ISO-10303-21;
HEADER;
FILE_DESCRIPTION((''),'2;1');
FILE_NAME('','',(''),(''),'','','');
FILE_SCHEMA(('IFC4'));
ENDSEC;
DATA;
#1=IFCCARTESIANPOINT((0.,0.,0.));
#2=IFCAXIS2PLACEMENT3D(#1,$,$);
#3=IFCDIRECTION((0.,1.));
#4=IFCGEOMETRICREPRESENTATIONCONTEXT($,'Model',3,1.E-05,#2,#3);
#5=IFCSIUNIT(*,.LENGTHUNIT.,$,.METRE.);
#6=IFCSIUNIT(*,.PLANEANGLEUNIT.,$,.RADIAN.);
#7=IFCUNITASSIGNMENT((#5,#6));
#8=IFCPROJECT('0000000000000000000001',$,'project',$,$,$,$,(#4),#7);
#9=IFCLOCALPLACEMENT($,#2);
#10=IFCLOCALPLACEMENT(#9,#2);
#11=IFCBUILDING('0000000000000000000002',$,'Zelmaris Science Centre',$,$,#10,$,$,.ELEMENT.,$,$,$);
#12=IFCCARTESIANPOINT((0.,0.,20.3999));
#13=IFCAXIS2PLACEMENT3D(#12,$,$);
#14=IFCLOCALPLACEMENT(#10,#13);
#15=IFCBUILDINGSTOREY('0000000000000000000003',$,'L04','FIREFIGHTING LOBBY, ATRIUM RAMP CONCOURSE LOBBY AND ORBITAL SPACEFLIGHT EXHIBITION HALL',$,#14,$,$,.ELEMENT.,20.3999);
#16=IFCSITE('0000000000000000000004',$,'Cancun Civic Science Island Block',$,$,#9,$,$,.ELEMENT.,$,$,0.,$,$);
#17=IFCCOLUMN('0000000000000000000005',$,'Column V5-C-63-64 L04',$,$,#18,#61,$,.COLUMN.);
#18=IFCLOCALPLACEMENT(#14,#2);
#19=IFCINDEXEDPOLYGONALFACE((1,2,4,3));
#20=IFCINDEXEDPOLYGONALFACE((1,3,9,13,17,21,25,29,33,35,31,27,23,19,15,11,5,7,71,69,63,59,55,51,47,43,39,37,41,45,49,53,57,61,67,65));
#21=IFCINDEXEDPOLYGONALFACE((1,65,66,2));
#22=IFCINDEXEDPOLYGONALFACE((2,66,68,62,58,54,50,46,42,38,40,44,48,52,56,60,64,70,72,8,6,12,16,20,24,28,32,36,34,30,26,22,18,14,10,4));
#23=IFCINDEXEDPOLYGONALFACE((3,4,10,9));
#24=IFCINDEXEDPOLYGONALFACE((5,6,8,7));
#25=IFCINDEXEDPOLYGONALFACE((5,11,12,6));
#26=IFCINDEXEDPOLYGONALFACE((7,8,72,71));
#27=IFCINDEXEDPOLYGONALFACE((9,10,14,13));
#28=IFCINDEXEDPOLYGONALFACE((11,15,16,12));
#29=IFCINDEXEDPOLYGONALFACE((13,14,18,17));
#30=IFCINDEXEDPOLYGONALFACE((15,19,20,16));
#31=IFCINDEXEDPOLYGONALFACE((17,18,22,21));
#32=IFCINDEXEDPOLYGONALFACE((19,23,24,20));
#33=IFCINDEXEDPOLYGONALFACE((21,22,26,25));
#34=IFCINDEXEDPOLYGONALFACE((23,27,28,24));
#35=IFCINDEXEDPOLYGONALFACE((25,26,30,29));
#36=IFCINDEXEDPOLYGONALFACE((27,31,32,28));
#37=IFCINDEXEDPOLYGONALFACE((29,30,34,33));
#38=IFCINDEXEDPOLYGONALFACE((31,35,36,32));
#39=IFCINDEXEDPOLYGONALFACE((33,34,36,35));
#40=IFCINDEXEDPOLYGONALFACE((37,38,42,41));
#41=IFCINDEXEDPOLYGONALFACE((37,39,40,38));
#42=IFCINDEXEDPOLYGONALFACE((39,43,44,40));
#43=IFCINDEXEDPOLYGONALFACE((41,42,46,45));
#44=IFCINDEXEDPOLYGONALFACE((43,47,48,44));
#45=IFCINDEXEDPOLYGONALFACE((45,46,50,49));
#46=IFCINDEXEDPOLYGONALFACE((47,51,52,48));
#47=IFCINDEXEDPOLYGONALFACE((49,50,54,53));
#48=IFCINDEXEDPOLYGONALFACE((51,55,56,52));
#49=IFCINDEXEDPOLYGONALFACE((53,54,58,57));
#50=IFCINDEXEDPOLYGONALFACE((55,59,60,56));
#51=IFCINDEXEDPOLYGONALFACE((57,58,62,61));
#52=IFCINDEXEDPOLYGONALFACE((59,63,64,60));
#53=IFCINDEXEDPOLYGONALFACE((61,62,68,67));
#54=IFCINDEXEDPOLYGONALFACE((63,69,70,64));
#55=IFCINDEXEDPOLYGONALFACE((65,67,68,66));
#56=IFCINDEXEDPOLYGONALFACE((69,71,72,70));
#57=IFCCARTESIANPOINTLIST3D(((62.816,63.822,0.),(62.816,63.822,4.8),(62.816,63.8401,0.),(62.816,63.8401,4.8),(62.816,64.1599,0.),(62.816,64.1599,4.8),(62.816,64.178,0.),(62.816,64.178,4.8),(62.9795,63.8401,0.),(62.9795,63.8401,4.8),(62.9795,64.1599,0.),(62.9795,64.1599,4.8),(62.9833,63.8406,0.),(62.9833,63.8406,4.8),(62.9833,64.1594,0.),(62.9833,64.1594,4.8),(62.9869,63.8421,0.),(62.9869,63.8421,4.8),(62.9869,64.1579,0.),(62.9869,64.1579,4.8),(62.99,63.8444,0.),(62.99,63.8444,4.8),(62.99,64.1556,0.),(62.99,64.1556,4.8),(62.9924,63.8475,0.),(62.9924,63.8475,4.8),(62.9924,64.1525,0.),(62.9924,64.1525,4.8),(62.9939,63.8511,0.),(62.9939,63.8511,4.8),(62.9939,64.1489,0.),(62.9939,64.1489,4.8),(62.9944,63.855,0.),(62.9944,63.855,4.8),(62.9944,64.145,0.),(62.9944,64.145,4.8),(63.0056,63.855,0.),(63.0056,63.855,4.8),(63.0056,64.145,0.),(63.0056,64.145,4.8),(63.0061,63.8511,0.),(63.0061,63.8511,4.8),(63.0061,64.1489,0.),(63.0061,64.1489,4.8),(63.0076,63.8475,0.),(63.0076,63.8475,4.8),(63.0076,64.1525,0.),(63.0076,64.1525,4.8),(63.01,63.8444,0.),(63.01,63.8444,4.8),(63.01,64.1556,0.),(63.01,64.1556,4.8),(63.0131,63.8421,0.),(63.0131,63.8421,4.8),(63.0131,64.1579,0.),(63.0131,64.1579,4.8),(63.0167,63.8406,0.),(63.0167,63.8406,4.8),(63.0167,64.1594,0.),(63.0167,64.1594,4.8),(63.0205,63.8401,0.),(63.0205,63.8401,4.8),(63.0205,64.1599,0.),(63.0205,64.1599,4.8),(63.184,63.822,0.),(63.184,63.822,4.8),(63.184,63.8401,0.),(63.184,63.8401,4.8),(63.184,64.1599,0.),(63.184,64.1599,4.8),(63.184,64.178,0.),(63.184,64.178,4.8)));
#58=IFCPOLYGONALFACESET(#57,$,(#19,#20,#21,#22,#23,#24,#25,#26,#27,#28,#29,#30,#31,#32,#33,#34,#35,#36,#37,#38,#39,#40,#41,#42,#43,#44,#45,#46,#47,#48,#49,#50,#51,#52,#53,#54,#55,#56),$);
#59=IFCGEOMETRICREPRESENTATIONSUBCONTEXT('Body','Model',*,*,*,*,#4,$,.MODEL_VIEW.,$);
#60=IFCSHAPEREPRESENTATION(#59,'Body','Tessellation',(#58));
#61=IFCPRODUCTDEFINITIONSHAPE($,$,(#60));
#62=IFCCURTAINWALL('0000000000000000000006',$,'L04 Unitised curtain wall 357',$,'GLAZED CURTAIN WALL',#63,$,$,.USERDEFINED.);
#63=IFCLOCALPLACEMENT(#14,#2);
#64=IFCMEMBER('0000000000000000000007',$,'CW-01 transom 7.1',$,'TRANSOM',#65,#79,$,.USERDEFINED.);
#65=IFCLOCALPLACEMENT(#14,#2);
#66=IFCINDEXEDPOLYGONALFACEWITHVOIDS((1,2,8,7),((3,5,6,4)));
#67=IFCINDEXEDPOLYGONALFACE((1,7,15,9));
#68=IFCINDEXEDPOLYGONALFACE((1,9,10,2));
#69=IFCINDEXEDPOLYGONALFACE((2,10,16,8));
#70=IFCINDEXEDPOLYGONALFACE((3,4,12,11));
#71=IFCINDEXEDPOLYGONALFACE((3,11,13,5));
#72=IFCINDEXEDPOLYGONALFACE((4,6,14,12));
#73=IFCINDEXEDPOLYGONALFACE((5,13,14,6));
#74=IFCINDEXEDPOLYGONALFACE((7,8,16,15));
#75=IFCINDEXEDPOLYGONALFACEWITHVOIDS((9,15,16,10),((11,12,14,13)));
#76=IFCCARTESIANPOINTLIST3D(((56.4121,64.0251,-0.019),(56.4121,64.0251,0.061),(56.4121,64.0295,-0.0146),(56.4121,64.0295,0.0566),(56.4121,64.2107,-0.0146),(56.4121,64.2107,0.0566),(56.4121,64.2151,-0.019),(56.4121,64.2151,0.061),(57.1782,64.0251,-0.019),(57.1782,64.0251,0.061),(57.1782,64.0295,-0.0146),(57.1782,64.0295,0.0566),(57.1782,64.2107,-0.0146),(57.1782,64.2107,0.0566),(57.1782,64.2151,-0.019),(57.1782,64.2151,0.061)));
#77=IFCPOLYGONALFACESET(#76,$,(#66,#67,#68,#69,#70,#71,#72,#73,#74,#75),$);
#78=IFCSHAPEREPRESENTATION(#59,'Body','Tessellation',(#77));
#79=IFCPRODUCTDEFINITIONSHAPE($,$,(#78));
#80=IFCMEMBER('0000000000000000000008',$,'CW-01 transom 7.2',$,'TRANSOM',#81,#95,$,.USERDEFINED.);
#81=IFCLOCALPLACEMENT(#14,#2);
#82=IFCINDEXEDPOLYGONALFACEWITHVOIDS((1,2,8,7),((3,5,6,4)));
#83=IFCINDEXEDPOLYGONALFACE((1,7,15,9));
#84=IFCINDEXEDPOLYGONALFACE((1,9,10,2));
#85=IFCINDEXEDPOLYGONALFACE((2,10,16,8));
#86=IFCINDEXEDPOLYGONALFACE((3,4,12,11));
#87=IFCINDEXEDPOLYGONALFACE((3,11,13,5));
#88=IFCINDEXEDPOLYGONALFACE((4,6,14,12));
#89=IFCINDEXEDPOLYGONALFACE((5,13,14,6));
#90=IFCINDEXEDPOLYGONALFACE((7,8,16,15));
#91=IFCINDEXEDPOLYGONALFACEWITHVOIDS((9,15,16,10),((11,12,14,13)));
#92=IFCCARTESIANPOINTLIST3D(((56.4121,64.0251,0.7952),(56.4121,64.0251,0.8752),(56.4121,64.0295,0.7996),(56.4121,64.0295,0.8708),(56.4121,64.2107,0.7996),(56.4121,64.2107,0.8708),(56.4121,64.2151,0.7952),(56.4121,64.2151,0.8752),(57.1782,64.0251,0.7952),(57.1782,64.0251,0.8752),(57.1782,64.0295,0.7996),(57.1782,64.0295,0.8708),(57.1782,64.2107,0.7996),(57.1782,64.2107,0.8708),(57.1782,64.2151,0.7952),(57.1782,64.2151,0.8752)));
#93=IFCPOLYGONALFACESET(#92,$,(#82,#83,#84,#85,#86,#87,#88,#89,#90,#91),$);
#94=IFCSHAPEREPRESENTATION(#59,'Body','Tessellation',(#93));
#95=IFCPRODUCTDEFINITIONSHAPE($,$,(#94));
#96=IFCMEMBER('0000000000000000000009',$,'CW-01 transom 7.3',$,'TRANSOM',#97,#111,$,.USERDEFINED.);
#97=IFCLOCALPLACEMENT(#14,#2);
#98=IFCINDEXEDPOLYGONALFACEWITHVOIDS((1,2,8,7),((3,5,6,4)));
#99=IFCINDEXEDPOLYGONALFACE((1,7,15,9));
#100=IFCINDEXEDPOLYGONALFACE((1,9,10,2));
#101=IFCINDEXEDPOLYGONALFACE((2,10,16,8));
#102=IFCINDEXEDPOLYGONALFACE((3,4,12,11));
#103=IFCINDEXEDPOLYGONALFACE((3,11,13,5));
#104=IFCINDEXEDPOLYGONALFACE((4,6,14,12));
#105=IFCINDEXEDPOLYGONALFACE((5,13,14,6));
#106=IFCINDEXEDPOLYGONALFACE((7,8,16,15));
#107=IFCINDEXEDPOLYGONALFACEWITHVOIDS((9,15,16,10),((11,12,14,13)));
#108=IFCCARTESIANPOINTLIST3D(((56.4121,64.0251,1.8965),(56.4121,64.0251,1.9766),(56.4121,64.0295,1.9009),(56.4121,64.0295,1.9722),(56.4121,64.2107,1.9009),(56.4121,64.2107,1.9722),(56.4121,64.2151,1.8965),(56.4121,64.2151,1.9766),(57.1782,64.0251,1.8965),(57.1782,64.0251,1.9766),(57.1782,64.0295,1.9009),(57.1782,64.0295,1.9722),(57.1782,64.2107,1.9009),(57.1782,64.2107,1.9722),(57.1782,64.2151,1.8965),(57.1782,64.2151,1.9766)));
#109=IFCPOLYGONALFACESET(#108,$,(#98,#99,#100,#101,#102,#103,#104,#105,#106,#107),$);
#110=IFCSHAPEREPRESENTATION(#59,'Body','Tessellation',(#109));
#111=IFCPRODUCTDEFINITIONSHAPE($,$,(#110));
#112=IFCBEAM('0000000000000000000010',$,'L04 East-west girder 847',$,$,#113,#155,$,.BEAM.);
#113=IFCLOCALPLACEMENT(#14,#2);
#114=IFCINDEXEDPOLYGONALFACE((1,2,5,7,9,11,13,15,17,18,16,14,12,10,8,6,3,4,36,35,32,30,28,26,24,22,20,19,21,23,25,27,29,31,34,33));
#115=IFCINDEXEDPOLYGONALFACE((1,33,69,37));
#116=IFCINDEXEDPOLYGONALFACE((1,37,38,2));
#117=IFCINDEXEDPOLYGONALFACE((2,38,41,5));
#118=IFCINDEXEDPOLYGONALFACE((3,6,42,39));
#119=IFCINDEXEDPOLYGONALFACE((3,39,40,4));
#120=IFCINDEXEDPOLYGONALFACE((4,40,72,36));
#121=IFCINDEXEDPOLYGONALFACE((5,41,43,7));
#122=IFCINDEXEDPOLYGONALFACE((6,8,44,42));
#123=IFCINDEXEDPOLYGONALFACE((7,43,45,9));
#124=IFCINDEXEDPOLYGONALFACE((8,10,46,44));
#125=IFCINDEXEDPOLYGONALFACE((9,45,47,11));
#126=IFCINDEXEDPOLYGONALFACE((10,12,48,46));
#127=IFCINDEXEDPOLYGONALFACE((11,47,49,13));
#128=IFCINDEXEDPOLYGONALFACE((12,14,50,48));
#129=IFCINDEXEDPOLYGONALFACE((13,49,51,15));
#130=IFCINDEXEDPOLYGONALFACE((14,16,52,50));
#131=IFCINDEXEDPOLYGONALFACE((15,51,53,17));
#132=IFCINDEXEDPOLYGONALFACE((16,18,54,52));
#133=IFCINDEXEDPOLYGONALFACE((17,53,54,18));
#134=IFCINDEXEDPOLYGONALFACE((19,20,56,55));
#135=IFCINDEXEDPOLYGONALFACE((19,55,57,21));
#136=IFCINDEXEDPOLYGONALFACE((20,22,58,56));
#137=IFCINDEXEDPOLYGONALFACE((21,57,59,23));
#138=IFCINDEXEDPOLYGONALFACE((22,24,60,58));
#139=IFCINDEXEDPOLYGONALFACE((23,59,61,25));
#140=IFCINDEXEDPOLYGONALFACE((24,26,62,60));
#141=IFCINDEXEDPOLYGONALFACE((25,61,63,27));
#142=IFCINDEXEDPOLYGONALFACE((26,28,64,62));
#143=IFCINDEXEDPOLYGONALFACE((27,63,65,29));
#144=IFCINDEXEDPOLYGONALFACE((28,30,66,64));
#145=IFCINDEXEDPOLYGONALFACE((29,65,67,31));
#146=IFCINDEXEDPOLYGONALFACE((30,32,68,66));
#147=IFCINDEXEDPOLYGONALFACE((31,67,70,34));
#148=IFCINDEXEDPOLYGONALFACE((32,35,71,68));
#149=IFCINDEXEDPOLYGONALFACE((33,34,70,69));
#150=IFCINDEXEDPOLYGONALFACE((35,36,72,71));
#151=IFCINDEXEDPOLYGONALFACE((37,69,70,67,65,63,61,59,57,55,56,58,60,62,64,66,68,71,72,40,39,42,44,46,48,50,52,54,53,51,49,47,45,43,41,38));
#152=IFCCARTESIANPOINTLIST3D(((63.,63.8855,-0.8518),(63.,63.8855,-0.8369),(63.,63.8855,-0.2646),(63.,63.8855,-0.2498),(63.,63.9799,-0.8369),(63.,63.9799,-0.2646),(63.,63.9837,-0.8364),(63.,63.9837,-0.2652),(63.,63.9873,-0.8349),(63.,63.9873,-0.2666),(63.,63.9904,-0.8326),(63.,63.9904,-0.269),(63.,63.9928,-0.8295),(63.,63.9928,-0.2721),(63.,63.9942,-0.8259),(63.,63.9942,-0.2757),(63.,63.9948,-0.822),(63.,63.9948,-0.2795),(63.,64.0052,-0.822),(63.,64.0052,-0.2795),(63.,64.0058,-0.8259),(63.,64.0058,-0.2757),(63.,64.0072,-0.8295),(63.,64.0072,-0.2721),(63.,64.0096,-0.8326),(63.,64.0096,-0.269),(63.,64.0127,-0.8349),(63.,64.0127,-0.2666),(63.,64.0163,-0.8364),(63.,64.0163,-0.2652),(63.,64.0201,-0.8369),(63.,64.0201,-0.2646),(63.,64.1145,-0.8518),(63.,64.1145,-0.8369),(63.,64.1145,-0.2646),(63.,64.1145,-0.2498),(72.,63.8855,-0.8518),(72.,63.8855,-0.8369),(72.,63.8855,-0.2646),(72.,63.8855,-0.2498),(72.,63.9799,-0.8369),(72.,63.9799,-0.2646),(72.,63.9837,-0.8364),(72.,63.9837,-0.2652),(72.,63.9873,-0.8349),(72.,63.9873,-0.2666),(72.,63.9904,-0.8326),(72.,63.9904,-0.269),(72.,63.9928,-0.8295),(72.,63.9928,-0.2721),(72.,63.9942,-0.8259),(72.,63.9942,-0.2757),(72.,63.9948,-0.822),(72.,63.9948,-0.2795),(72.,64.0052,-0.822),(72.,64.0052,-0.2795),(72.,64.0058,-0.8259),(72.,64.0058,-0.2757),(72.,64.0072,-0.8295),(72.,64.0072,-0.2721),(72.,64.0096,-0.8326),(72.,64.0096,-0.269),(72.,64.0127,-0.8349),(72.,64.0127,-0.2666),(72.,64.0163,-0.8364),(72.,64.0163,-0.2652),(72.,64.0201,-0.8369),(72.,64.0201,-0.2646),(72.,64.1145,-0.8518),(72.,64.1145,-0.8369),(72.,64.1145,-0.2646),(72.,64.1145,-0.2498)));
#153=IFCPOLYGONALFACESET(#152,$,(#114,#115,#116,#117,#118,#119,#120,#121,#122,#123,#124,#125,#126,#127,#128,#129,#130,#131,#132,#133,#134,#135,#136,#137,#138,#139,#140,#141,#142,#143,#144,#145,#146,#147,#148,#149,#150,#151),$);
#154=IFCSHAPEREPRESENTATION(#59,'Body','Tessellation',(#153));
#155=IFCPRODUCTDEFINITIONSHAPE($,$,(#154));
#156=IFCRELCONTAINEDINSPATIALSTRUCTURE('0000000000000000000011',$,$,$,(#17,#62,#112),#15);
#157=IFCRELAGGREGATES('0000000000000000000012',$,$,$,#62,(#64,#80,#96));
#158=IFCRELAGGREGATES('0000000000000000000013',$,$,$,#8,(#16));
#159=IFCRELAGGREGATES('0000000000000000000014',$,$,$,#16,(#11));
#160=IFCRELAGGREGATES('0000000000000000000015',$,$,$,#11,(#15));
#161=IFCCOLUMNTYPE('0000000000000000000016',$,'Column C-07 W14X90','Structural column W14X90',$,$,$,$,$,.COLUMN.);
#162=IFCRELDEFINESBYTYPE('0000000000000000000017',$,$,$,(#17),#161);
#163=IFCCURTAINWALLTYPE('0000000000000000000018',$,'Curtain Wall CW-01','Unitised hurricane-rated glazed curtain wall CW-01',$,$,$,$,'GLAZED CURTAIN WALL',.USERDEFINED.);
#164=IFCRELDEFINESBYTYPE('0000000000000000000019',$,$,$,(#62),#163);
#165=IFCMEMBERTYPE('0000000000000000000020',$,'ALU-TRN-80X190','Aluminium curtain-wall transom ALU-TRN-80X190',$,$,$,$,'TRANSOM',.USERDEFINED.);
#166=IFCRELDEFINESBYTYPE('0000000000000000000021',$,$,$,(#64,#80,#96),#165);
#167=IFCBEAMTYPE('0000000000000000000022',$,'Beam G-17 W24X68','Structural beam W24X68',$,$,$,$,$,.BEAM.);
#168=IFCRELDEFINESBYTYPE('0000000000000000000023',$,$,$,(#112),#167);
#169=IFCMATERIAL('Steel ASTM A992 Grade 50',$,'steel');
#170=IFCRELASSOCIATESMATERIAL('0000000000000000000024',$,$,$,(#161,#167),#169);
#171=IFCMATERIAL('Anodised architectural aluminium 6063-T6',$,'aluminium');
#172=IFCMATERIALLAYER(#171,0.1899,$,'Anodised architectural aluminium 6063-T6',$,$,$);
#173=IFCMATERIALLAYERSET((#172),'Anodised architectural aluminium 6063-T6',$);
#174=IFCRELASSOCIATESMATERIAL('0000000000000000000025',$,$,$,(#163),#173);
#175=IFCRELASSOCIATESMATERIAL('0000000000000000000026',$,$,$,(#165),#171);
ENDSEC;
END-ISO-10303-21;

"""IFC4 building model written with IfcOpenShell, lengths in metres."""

from ifc_helpers import new_model, si_unit, direction, frame, origin, origin_2d, place, context, subcontext, project, spatial, hollow_rectangle, i_section, extrude, material, layer, layer_set, material_profile, profile_set, type_object, element, aggregate, save


model = new_model("IFC4")

# Units and contexts
model_context = context("Model", 3, precision=1e-05, world=origin(), true_north=direction((0.0, 1.0)))
body_context = subcontext(model_context, "Body", "Model", "MODEL_VIEW")
ifc_project = project(units=[si_unit("LENGTHUNIT", "METRE"), si_unit("PLANEANGLEUNIT", "RADIAN")], contexts=[model_context])

# Site, building, storey
site_placement = place(None, origin())
site = spatial("IfcSite", under=ifc_project, at=site_placement, Name="Cancun Civic Science Island Block", CompositionType="ELEMENT", RefElevation=0.0)
building_placement = place(site_placement, origin())
building = spatial("IfcBuilding", under=site, at=building_placement, Name="Zelmaris Science Centre", CompositionType="ELEMENT")
storey_placement = place(building_placement, frame((0.0, 0.0, 20.3999)))
storey = spatial("IfcBuildingStorey", under=building, at=storey_placement, Name="L04", Description="FIREFIGHTING LOBBY, ATRIUM RAMP CONCOURSE LOBBY AND ORBITAL SPACEFLIGHT EXHIBITION HALL", CompositionType="ELEMENT", Elevation=20.3999)

# Column
ifc_material_1 = material(Name="Steel ASTM A992 Grade 50", Category="steel")
ifc_material_profile_1 = material_profile(ifc_material_1, i_section(OverallWidth=0.3679, OverallDepth=0.356, WebThickness=0.0112, FlangeThickness=0.0181, FilletRadius=0.0149, at=origin_2d()), Name="W14X90")
ifc_profile_set_1 = profile_set([ifc_material_profile_1], Name="Steel ASTM A992 Grade 50")
column_type = type_object("IfcColumnType", Name="Column C-07 W14X90", Description="Structural column W14X90", PredefinedType="COLUMN", material=ifc_profile_set_1)
column_placement = place(storey_placement, frame((63.0, 64.0, 0.0), z_axis=(0.0, 0.0, 1.0), x_axis=(1.0, 0.0, 0.0)))
element("IfcColumn", 1, at=column_placement, inside=storey, type_object=column_type, Name="Column V5-C-63-64 L04", PredefinedType="COLUMN", context=body_context, shape_type="SweptSolid", body=[
    extrude(i_section(OverallWidth=0.3679, OverallDepth=0.356, WebThickness=0.0112, FlangeThickness=0.0181, FilletRadius=0.0149, at=origin_2d()), origin(), (0.0, 0.0, 1.0), 4.8),
])

# Curtain wall, members
ifc_material_2 = material(Name="Anodised architectural aluminium 6063-T6", Category="aluminium")
ifc_layer_1 = layer(ifc_material_2, 0.1899, Name="Anodised architectural aluminium 6063-T6")
ifc_layer_set_1 = layer_set([ifc_layer_1], Name="Anodised architectural aluminium 6063-T6")
curtain_wall_type = type_object("IfcCurtainWallType", Name="Curtain Wall CW-01", Description="Unitised hurricane-rated glazed curtain wall CW-01", ElementType="GLAZED CURTAIN WALL", PredefinedType="USERDEFINED", material=ifc_layer_set_1)
curtain_wall_placement = place(storey_placement, origin())
curtain_wall = element("IfcCurtainWall", 2, at=curtain_wall_placement, inside=storey, type_object=curtain_wall_type, Name="L04 Unitised curtain wall 357", ObjectType="GLAZED CURTAIN WALL", PredefinedType="USERDEFINED")
ifc_material_profile_2 = material_profile(ifc_material_2, hollow_rectangle(XDim=0.0801, YDim=0.1899, WallThickness=0.0044, at=origin_2d()), Name="ALU-TRN-80X190")
ifc_profile_set_2 = profile_set([ifc_material_profile_2], Name="Anodised architectural aluminium 6063-T6")
member_type = type_object("IfcMemberType", Name="ALU-TRN-80X190", Description="Aluminium curtain-wall transom ALU-TRN-80X190", ElementType="TRANSOM", PredefinedType="USERDEFINED", material=ifc_profile_set_2)
member_1_placement = place(storey_placement, frame((57.1782, 64.1201, 0.021), z_axis=(-1.0, 0.0, 0.0), x_axis=(0.0, 0.0, 1.0)))
member_1 = element("IfcMember", 3, at=member_1_placement, type_object=member_type, Name="CW-01 transom 7.1", ObjectType="TRANSOM", PredefinedType="USERDEFINED", context=body_context, shape_type="SweptSolid", body=[
    extrude(hollow_rectangle(XDim=0.0801, YDim=0.1899, WallThickness=0.0044, at=origin_2d()), origin(), (0.0, 0.0, 1.0), 0.7661),
])
member_2_placement = place(storey_placement, frame((57.1782, 64.1201, 0.8352), z_axis=(-1.0, 0.0, 0.0), x_axis=(0.0, 0.0, 1.0)))
member_2 = element("IfcMember", 4, at=member_2_placement, type_object=member_type, Name="CW-01 transom 7.2", ObjectType="TRANSOM", PredefinedType="USERDEFINED", context=body_context, shape_type="SweptSolid", body=[
    extrude(hollow_rectangle(XDim=0.0801, YDim=0.1899, WallThickness=0.0044, at=origin_2d()), origin(), (0.0, 0.0, 1.0), 0.7661),
])
member_3_placement = place(storey_placement, frame((57.1782, 64.1201, 1.9365), z_axis=(-1.0, 0.0, 0.0), x_axis=(0.0, 0.0, 1.0)))
member_3 = element("IfcMember", 5, at=member_3_placement, type_object=member_type, Name="CW-01 transom 7.3", ObjectType="TRANSOM", PredefinedType="USERDEFINED", context=body_context, shape_type="SweptSolid", body=[
    extrude(hollow_rectangle(XDim=0.0801, YDim=0.1899, WallThickness=0.0044, at=origin_2d()), origin(), (0.0, 0.0, 1.0), 0.7661),
])

# Beam
ifc_material_profile_3 = material_profile(ifc_material_1, i_section(OverallWidth=0.229, OverallDepth=0.6021, WebThickness=0.0105, FlangeThickness=0.0149, FilletRadius=0.0149, at=origin_2d()), Name="W24X68")
ifc_profile_set_3 = profile_set([ifc_material_profile_3], Name="Steel ASTM A992 Grade 50")
beam_type_1 = type_object("IfcBeamType", Name="Beam G-17 W24X68", Description="Structural beam W24X68", PredefinedType="BEAM", material=ifc_profile_set_3)
beam_1_placement = place(storey_placement, frame((63.0, 64.0, -0.5508), z_axis=(1.0, 0.0, 0.0), x_axis=(0.0, 1.0, 0.0)))
element("IfcBeam", 6, at=beam_1_placement, inside=storey, type_object=beam_type_1, Name="L04 East-west girder 847", PredefinedType="BEAM", context=body_context, shape_type="SweptSolid", body=[
    extrude(i_section(OverallWidth=0.229, OverallDepth=0.6021, WebThickness=0.0105, FlangeThickness=0.0149, FilletRadius=0.0149, at=origin_2d()), origin(), (0.0, 0.0, 1.0), 9.0),
])

aggregate(curtain_wall, [member_1, member_2, member_3])

save(model, "model.ifc")
